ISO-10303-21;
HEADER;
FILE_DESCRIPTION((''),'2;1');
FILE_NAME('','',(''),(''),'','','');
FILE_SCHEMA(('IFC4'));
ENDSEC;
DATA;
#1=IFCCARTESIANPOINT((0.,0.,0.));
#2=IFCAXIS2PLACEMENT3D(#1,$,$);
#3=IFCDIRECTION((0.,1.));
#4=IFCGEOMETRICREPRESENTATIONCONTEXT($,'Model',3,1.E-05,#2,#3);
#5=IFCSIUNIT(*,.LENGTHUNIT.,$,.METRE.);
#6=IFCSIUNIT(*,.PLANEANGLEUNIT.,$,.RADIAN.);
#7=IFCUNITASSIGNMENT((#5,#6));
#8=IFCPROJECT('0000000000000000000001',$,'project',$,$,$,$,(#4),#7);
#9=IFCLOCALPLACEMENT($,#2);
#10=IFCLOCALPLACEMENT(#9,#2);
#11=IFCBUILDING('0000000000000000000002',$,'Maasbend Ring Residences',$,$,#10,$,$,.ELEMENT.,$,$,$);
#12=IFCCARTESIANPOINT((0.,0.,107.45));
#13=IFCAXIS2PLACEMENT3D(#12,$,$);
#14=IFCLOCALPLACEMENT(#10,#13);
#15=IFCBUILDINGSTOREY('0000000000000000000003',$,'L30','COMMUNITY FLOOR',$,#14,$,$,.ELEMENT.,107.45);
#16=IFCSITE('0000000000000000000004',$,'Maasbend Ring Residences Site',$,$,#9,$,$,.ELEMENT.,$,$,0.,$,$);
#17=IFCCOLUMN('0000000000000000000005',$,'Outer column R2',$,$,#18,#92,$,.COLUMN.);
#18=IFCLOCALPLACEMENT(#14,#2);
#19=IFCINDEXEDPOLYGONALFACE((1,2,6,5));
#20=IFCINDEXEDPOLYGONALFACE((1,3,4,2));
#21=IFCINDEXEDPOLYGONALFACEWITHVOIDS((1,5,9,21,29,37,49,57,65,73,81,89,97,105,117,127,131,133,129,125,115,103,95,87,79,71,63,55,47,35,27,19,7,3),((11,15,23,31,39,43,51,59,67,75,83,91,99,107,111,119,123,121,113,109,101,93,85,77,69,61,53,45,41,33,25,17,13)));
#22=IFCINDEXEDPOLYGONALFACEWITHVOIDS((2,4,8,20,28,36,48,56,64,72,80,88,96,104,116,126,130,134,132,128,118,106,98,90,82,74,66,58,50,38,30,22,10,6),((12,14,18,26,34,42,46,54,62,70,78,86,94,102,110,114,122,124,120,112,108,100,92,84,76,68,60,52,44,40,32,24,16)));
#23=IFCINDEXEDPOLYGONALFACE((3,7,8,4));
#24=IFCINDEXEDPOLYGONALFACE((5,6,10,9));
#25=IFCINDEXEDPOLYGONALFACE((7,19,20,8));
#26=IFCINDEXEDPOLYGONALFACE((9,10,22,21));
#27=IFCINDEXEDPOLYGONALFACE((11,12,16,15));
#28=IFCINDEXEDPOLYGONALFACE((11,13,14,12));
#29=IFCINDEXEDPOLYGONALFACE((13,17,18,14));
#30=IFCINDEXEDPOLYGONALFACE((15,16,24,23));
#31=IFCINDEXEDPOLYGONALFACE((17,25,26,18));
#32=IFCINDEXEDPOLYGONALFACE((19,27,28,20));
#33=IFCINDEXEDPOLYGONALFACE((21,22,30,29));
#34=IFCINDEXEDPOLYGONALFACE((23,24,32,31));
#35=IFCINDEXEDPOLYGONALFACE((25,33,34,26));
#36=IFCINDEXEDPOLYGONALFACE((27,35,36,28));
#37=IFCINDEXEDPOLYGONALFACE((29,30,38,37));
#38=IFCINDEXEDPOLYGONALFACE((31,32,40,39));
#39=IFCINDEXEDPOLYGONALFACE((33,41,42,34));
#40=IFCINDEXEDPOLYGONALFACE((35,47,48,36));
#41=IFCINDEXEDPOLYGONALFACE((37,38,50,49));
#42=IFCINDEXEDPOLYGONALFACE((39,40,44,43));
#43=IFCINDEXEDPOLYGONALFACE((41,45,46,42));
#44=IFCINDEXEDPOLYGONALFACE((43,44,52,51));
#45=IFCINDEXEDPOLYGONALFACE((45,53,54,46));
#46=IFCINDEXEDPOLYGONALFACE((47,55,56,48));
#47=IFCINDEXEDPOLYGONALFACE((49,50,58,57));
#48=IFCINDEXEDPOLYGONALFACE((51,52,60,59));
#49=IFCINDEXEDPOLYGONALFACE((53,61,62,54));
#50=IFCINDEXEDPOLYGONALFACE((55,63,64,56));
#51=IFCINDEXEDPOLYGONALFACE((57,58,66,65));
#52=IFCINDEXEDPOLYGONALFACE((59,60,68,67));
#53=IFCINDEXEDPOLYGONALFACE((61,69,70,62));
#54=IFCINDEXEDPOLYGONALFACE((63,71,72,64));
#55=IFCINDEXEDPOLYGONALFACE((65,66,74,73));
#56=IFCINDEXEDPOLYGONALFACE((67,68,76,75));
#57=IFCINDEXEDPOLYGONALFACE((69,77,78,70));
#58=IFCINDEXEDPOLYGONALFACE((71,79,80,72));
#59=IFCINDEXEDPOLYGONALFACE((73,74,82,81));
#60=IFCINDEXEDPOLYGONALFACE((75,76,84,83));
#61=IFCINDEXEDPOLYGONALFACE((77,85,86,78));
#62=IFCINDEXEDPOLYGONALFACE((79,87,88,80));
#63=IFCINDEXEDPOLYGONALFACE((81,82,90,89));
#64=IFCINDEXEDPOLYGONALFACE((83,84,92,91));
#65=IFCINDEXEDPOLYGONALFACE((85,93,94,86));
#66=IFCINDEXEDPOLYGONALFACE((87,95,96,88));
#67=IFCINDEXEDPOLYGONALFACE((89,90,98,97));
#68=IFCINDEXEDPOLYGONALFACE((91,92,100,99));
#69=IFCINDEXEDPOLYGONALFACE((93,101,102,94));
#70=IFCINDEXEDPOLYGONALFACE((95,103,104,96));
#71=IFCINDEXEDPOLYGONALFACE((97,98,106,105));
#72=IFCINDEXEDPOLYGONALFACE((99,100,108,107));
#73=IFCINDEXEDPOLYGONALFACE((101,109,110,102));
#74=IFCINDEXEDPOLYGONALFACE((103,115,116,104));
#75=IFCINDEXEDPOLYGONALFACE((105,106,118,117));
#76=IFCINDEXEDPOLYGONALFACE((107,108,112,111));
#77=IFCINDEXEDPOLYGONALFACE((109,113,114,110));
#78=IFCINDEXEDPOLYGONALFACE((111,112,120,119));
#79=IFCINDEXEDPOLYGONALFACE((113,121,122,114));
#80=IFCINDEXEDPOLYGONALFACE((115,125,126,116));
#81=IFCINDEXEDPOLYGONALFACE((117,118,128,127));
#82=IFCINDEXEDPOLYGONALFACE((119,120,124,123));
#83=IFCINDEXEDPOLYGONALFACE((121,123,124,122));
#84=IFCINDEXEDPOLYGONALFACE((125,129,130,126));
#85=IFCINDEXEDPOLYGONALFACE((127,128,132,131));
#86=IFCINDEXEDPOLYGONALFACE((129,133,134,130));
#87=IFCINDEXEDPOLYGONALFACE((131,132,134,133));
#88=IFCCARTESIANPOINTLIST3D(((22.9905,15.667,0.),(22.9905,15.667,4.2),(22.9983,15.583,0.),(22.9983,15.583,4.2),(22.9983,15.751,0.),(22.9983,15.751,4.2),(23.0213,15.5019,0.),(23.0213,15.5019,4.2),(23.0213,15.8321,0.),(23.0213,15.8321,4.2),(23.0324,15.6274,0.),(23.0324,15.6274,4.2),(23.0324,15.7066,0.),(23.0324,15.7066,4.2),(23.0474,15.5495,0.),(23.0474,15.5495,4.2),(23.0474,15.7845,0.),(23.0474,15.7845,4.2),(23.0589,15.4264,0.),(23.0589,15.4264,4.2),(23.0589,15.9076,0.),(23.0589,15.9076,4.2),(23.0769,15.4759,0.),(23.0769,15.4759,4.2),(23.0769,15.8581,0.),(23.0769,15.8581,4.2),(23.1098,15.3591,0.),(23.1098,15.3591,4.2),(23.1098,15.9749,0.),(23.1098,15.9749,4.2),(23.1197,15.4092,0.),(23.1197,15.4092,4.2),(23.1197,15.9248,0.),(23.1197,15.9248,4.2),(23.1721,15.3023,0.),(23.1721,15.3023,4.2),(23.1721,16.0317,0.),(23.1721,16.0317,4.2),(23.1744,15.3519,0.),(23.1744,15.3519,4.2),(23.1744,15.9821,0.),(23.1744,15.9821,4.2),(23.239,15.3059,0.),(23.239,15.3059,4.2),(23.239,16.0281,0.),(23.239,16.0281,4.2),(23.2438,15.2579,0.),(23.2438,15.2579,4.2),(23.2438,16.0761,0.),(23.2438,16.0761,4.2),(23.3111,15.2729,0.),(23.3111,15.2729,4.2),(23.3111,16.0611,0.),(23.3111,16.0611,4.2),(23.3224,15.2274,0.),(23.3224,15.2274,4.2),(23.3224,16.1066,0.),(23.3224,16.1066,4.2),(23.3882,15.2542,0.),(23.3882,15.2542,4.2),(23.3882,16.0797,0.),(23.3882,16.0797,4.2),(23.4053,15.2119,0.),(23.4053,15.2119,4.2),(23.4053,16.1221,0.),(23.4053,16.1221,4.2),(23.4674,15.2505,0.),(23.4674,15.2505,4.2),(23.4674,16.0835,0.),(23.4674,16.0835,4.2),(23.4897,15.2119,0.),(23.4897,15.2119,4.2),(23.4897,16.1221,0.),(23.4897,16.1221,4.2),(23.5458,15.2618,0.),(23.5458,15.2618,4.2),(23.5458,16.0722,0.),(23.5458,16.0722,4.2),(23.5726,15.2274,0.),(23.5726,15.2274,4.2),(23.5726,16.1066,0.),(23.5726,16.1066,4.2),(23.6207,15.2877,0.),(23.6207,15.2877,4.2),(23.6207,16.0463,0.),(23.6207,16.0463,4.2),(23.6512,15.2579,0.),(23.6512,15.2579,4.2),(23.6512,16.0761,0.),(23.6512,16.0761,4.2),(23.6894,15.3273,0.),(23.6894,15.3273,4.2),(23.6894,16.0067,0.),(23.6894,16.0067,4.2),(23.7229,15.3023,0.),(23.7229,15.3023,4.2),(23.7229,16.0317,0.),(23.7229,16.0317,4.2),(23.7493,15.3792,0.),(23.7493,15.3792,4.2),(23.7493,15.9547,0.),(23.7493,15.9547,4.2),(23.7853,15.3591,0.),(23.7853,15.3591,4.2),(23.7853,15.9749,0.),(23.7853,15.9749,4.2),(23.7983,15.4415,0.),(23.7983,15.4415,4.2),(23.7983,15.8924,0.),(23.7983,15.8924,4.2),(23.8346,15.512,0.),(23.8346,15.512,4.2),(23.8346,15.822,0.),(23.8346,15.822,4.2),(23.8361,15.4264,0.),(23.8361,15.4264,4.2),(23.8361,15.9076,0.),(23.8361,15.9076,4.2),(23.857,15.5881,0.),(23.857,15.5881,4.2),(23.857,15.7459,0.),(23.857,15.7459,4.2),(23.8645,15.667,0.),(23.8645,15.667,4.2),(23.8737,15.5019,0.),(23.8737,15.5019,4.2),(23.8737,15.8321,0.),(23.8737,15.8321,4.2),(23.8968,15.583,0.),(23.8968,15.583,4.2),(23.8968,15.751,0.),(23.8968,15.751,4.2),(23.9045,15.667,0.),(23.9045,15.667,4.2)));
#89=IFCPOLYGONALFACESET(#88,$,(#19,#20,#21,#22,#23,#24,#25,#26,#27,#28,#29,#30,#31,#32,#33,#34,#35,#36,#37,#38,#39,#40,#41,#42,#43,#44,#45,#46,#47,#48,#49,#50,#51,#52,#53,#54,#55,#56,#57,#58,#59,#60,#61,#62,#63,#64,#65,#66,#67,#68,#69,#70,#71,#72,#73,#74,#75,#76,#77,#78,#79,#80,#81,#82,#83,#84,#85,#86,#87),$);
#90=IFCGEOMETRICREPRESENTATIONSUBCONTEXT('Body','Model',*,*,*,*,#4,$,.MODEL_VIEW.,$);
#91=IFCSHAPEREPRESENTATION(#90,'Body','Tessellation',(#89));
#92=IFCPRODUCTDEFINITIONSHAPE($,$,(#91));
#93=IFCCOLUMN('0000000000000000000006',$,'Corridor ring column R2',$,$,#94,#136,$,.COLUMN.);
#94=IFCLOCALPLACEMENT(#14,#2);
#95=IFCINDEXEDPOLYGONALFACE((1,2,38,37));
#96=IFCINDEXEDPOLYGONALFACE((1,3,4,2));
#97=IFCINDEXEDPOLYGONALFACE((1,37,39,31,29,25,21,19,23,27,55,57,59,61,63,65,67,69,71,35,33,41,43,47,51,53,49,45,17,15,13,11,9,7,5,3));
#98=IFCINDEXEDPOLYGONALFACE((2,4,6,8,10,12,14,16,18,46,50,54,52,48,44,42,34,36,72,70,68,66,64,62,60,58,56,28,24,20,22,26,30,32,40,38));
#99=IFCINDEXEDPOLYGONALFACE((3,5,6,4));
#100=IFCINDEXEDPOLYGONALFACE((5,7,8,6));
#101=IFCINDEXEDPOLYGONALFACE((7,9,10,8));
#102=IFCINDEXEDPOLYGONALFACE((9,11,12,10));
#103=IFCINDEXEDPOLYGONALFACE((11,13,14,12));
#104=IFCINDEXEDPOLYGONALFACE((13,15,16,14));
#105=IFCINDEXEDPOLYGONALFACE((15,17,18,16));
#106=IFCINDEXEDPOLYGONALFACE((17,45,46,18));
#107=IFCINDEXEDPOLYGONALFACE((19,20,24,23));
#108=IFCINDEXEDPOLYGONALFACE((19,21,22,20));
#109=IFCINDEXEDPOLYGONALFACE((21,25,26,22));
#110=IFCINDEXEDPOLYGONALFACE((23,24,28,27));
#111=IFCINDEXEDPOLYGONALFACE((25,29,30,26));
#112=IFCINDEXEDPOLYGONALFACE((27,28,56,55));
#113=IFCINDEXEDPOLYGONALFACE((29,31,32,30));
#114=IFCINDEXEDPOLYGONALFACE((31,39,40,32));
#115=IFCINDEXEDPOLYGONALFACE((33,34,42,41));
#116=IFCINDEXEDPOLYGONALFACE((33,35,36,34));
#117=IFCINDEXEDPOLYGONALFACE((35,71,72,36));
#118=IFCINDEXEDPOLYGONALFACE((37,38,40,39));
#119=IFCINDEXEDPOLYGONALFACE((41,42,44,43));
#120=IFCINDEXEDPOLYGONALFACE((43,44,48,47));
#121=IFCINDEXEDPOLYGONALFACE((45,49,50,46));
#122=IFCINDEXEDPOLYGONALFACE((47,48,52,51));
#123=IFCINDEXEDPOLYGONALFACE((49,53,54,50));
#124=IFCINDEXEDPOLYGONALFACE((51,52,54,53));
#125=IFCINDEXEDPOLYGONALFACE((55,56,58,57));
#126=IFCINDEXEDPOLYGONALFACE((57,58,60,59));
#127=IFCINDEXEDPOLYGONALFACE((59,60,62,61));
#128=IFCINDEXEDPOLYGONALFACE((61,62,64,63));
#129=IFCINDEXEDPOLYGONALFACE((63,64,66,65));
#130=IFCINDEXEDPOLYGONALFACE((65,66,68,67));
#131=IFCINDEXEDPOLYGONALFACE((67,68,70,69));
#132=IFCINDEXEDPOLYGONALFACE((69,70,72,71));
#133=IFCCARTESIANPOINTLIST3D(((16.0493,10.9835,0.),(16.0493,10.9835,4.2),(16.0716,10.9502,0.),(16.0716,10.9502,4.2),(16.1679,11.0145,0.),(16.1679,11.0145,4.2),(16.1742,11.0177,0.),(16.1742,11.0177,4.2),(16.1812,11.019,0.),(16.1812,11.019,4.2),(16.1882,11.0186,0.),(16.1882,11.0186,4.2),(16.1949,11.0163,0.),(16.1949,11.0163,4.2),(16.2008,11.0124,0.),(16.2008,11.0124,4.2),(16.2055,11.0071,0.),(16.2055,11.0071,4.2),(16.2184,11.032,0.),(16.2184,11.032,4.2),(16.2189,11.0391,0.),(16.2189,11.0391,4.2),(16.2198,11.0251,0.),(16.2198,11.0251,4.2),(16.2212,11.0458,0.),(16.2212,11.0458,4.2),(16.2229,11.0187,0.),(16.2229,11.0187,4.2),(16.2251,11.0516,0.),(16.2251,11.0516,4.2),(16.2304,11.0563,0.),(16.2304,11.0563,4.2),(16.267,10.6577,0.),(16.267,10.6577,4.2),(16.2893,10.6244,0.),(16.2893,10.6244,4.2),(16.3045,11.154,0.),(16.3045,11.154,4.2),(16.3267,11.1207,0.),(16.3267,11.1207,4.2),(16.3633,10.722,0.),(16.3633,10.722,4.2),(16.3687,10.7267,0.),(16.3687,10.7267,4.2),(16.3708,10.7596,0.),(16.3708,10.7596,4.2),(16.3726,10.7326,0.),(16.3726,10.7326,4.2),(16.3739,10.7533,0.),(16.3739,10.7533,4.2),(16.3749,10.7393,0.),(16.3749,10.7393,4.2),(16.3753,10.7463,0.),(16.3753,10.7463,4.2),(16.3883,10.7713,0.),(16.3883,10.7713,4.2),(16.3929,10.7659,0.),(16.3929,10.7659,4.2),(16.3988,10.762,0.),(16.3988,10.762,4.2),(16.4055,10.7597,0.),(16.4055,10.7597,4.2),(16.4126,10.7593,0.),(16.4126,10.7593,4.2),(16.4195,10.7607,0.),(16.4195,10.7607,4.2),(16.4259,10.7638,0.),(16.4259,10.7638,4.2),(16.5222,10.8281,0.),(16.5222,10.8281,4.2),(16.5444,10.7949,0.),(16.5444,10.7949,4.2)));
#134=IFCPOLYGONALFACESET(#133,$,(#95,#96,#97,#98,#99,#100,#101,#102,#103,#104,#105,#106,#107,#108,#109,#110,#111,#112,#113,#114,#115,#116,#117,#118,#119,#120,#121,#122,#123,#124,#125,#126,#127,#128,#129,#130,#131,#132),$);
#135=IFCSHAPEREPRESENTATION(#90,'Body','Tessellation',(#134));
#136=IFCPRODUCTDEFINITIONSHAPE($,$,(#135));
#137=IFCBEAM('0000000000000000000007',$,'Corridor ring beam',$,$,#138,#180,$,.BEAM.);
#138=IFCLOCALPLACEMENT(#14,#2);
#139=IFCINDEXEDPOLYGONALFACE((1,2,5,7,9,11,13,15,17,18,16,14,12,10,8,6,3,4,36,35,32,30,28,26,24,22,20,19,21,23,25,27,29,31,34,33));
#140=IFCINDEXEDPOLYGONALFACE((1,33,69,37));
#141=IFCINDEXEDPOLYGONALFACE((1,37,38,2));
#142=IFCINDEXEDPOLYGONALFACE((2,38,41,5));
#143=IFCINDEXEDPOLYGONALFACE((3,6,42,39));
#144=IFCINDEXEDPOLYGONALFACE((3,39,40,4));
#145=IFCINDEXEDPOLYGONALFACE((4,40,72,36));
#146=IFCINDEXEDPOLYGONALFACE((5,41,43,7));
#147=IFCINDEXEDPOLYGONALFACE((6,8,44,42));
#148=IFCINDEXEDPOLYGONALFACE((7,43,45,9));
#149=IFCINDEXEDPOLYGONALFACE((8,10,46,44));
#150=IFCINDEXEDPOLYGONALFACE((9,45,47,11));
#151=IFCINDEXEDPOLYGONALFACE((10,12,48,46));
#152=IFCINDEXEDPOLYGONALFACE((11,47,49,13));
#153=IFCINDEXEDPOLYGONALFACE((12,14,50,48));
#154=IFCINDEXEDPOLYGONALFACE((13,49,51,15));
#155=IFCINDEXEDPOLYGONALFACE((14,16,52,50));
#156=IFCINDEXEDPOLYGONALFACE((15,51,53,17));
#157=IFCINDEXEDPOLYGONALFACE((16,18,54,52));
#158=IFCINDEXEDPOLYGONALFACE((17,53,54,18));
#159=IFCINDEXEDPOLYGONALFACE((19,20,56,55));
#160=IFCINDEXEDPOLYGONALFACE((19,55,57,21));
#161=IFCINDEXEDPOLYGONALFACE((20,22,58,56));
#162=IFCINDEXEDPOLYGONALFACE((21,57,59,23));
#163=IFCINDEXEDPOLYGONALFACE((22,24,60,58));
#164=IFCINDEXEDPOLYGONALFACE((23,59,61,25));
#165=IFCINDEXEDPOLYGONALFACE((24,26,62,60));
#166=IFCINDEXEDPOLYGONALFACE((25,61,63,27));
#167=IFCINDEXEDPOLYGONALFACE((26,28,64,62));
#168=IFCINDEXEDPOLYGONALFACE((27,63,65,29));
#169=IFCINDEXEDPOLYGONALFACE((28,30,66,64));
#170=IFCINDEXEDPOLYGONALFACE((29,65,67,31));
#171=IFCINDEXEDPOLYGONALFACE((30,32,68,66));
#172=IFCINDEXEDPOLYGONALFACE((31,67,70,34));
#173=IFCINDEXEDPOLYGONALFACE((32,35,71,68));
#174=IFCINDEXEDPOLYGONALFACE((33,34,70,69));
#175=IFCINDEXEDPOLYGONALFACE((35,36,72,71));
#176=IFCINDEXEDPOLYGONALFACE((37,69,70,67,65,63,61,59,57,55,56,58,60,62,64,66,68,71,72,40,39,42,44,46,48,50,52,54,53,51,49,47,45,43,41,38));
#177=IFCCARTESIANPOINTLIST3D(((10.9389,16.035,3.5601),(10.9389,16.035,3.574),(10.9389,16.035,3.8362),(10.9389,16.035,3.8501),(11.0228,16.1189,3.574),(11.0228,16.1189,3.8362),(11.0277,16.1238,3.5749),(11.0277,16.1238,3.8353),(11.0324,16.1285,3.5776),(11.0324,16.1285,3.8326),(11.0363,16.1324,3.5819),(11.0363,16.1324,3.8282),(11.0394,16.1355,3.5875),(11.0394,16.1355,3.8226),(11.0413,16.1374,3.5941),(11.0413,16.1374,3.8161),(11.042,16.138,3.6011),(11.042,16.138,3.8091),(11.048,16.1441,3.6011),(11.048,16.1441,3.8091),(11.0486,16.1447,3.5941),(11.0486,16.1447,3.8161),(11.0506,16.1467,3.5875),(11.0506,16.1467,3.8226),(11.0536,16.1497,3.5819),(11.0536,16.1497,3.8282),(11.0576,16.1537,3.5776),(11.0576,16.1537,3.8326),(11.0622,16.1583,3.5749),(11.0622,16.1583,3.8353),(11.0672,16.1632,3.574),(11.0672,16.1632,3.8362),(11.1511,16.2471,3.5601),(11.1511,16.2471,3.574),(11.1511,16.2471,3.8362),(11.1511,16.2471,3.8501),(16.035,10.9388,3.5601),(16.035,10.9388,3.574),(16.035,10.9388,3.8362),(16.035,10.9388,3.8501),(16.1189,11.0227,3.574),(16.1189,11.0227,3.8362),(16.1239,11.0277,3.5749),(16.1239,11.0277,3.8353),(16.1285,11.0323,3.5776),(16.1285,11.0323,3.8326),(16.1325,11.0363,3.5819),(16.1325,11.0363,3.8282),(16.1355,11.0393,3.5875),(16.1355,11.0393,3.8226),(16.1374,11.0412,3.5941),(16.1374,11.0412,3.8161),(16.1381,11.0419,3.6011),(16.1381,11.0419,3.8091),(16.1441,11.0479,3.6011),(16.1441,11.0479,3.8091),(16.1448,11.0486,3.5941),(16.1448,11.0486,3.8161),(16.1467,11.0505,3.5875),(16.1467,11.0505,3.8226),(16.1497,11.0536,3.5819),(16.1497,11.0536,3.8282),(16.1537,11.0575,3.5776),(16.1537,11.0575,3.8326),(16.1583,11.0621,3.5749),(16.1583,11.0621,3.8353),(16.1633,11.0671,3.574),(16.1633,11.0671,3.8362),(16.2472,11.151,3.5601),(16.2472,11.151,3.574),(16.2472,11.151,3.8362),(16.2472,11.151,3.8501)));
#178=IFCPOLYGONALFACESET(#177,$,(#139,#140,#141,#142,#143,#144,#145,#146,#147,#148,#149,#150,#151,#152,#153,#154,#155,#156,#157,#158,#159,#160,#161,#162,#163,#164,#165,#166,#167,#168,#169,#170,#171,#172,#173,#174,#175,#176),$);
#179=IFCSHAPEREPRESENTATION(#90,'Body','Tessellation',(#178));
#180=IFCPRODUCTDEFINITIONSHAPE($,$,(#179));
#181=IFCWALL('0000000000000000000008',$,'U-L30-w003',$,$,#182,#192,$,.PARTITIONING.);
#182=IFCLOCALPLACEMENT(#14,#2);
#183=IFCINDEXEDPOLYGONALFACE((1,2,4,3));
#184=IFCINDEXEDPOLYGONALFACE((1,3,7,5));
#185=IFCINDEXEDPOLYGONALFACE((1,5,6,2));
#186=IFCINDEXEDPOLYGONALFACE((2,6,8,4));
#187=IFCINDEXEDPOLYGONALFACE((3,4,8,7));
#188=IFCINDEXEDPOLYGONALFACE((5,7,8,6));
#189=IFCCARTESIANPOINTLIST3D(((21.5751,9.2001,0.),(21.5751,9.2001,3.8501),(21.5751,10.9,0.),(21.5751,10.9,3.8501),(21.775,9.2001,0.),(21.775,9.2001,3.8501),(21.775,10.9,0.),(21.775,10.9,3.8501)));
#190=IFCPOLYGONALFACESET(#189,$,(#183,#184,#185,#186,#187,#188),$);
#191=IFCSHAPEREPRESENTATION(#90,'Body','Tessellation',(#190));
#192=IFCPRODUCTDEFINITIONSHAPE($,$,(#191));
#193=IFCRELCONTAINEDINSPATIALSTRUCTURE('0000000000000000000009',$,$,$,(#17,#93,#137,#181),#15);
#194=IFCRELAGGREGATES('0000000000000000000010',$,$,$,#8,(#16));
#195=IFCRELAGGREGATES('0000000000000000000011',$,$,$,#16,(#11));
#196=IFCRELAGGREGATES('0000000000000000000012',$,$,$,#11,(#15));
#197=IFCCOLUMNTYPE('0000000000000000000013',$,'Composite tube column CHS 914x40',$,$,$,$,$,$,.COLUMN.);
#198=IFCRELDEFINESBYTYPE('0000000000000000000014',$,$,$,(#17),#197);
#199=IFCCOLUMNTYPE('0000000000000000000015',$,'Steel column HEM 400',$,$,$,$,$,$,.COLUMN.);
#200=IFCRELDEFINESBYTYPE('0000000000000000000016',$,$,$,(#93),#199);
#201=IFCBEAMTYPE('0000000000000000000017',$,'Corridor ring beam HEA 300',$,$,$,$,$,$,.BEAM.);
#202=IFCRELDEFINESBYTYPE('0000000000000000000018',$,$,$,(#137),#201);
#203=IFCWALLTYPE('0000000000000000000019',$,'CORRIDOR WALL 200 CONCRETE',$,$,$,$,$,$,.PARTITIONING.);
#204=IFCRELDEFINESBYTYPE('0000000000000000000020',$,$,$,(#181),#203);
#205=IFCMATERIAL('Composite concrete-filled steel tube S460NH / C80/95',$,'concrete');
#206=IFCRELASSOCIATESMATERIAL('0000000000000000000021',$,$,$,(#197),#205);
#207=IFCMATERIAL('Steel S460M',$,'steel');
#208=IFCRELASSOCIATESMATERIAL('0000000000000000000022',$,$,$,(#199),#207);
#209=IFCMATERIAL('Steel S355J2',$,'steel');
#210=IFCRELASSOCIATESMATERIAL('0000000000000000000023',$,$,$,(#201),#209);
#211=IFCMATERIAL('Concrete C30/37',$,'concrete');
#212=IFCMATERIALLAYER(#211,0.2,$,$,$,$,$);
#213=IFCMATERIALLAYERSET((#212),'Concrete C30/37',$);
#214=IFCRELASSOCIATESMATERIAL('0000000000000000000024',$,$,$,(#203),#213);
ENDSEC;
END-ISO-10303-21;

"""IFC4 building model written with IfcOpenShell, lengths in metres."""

from ifc_helpers import new_model, si_unit, direction, frame, frame_2d, origin, origin_2d, place, context, subcontext, project, spatial, rectangle, hollow_circle, i_section, extrude, material, layer, layer_set, material_profile, profile_set, type_object, element, save


model = new_model("IFC4")

# Units and contexts
model_context = context("Model", 3, precision=1e-05, world=origin(), true_north=direction((0.0, 1.0)))
body_context = subcontext(model_context, "Body", "Model", "MODEL_VIEW")
ifc_project = project(units=[si_unit("LENGTHUNIT", "METRE"), si_unit("PLANEANGLEUNIT", "RADIAN")], contexts=[model_context])

# Site, building, storey
site_placement = place(None, origin())
site = spatial("IfcSite", under=ifc_project, at=site_placement, Name="Maasbend Ring Residences Site", CompositionType="ELEMENT", RefElevation=0.0)
building_placement = place(site_placement, origin())
building = spatial("IfcBuilding", under=site, at=building_placement, Name="Maasbend Ring Residences", CompositionType="ELEMENT")
storey_placement = place(building_placement, frame((0.0, 0.0, 107.45)))
storey = spatial("IfcBuildingStorey", under=building, at=storey_placement, Name="L30", Description="COMMUNITY FLOOR", CompositionType="ELEMENT", Elevation=107.45)

# Columns
ifc_material_1 = material(Name="Composite concrete-filled steel tube S460NH / C80/95", Category="concrete")
ifc_material_profile_1 = material_profile(ifc_material_1, hollow_circle(Radius=0.457, WallThickness=0.04, at=origin_2d()), Name="Composite tube column CHS 914x40")
ifc_profile_set_1 = profile_set([ifc_material_profile_1], Name="Composite concrete-filled steel tube S460NH / C80/95")
column_type_1 = type_object("IfcColumnType", Name="Composite tube column CHS 914x40", PredefinedType="COLUMN", material=ifc_profile_set_1)
column_1_placement = place(storey_placement, frame((23.4475, 15.667, 0.0), z_axis=(0.0, 0.0, 1.0), x_axis=(1.0, 0.0, 0.0)))
element("IfcColumn", 1, at=column_1_placement, inside=storey, type_object=column_type_1, Name="Outer column R2", PredefinedType="COLUMN", context=body_context, shape_type="SweptSolid", body=[
    extrude(hollow_circle(Radius=0.457, WallThickness=0.04, at=origin_2d()), origin(), (0.0, 0.0, 1.0), 4.2),
])
ifc_material_2 = material(Name="Steel S460M", Category="steel")
ifc_material_profile_2 = material_profile(ifc_material_2, i_section(OverallWidth=0.3069, OverallDepth=0.4319, WebThickness=0.021, FlangeThickness=0.04, FilletRadius=0.0271, at=origin_2d()), Name="HEM 400")
ifc_profile_set_2 = profile_set([ifc_material_profile_2], Name="Steel S460M")
column_type_2 = type_object("IfcColumnType", Name="Steel column HEM 400", PredefinedType="COLUMN", material=ifc_profile_set_2)
column_2_placement = place(storey_placement, frame((16.2969, 10.8892, 0.0), z_axis=(0.0, 0.0, 1.0), x_axis=(0.83147, 0.55557, 0.0)))
element("IfcColumn", 2, at=column_2_placement, inside=storey, type_object=column_type_2, Name="Corridor ring column R2", PredefinedType="COLUMN", context=body_context, shape_type="SweptSolid", body=[
    extrude(i_section(OverallWidth=0.3069, OverallDepth=0.4319, WebThickness=0.021, FlangeThickness=0.04, FilletRadius=0.0271, at=origin_2d()), origin(), (0.0, 0.0, 1.0), 4.2),
])

# Beam
ifc_material_3 = material(Name="Steel S355J2", Category="steel")
ifc_material_profile_3 = material_profile(ifc_material_3, i_section(OverallWidth=0.3, OverallDepth=0.29, WebThickness=0.0085, FlangeThickness=0.0139, FilletRadius=0.0271, at=origin_2d()), Name="HEA 300")
ifc_profile_set_3 = profile_set([ifc_material_profile_3], Name="Steel S355J2")
beam_type = type_object("IfcBeamType", Name="Corridor ring beam HEA 300", PredefinedType="BEAM", material=ifc_profile_set_3)
beam_placement = place(storey_placement, frame((16.1411, 11.0449, 3.7051), z_axis=(-0.707107, 0.707107, 0.0), x_axis=(-0.707107, -0.707107, 0.0)))
element("IfcBeam", 3, at=beam_placement, inside=storey, type_object=beam_type, Name="Corridor ring beam", PredefinedType="BEAM", context=body_context, shape_type="SweptSolid", body=[
    extrude(i_section(OverallWidth=0.3, OverallDepth=0.29, WebThickness=0.0085, FlangeThickness=0.0139, FilletRadius=0.0271, at=origin_2d()), origin(), (0.0, 0.0, 1.0), 7.207),
])

# Wall
ifc_material_4 = material(Name="Concrete C30/37", Category="concrete")
ifc_layer_1 = layer(ifc_material_4, 0.2)
ifc_layer_set_1 = layer_set([ifc_layer_1], Name="Concrete C30/37")
wall_type_1 = type_object("IfcWallType", Name="CORRIDOR WALL 200 CONCRETE", PredefinedType="PARTITIONING", material=ifc_layer_set_1)
wall_1_placement = place(storey_placement, frame((21.675, 9.2, 0.0), z_axis=(0.0, 0.0, 1.0), x_axis=(0.0, 1.0, 0.0)))
element("IfcWall", 4, at=wall_1_placement, inside=storey, type_object=wall_type_1, Name="U-L30-w003", PredefinedType="PARTITIONING", context=body_context, shape_type="SweptSolid", body=[
    extrude(rectangle(XDim=1.7, YDim=0.2, at=frame_2d((0.8501, 0.0))), origin(), (0.0, 0.0, 1.0), 3.8501),
])

save(model, "model.ifc")
